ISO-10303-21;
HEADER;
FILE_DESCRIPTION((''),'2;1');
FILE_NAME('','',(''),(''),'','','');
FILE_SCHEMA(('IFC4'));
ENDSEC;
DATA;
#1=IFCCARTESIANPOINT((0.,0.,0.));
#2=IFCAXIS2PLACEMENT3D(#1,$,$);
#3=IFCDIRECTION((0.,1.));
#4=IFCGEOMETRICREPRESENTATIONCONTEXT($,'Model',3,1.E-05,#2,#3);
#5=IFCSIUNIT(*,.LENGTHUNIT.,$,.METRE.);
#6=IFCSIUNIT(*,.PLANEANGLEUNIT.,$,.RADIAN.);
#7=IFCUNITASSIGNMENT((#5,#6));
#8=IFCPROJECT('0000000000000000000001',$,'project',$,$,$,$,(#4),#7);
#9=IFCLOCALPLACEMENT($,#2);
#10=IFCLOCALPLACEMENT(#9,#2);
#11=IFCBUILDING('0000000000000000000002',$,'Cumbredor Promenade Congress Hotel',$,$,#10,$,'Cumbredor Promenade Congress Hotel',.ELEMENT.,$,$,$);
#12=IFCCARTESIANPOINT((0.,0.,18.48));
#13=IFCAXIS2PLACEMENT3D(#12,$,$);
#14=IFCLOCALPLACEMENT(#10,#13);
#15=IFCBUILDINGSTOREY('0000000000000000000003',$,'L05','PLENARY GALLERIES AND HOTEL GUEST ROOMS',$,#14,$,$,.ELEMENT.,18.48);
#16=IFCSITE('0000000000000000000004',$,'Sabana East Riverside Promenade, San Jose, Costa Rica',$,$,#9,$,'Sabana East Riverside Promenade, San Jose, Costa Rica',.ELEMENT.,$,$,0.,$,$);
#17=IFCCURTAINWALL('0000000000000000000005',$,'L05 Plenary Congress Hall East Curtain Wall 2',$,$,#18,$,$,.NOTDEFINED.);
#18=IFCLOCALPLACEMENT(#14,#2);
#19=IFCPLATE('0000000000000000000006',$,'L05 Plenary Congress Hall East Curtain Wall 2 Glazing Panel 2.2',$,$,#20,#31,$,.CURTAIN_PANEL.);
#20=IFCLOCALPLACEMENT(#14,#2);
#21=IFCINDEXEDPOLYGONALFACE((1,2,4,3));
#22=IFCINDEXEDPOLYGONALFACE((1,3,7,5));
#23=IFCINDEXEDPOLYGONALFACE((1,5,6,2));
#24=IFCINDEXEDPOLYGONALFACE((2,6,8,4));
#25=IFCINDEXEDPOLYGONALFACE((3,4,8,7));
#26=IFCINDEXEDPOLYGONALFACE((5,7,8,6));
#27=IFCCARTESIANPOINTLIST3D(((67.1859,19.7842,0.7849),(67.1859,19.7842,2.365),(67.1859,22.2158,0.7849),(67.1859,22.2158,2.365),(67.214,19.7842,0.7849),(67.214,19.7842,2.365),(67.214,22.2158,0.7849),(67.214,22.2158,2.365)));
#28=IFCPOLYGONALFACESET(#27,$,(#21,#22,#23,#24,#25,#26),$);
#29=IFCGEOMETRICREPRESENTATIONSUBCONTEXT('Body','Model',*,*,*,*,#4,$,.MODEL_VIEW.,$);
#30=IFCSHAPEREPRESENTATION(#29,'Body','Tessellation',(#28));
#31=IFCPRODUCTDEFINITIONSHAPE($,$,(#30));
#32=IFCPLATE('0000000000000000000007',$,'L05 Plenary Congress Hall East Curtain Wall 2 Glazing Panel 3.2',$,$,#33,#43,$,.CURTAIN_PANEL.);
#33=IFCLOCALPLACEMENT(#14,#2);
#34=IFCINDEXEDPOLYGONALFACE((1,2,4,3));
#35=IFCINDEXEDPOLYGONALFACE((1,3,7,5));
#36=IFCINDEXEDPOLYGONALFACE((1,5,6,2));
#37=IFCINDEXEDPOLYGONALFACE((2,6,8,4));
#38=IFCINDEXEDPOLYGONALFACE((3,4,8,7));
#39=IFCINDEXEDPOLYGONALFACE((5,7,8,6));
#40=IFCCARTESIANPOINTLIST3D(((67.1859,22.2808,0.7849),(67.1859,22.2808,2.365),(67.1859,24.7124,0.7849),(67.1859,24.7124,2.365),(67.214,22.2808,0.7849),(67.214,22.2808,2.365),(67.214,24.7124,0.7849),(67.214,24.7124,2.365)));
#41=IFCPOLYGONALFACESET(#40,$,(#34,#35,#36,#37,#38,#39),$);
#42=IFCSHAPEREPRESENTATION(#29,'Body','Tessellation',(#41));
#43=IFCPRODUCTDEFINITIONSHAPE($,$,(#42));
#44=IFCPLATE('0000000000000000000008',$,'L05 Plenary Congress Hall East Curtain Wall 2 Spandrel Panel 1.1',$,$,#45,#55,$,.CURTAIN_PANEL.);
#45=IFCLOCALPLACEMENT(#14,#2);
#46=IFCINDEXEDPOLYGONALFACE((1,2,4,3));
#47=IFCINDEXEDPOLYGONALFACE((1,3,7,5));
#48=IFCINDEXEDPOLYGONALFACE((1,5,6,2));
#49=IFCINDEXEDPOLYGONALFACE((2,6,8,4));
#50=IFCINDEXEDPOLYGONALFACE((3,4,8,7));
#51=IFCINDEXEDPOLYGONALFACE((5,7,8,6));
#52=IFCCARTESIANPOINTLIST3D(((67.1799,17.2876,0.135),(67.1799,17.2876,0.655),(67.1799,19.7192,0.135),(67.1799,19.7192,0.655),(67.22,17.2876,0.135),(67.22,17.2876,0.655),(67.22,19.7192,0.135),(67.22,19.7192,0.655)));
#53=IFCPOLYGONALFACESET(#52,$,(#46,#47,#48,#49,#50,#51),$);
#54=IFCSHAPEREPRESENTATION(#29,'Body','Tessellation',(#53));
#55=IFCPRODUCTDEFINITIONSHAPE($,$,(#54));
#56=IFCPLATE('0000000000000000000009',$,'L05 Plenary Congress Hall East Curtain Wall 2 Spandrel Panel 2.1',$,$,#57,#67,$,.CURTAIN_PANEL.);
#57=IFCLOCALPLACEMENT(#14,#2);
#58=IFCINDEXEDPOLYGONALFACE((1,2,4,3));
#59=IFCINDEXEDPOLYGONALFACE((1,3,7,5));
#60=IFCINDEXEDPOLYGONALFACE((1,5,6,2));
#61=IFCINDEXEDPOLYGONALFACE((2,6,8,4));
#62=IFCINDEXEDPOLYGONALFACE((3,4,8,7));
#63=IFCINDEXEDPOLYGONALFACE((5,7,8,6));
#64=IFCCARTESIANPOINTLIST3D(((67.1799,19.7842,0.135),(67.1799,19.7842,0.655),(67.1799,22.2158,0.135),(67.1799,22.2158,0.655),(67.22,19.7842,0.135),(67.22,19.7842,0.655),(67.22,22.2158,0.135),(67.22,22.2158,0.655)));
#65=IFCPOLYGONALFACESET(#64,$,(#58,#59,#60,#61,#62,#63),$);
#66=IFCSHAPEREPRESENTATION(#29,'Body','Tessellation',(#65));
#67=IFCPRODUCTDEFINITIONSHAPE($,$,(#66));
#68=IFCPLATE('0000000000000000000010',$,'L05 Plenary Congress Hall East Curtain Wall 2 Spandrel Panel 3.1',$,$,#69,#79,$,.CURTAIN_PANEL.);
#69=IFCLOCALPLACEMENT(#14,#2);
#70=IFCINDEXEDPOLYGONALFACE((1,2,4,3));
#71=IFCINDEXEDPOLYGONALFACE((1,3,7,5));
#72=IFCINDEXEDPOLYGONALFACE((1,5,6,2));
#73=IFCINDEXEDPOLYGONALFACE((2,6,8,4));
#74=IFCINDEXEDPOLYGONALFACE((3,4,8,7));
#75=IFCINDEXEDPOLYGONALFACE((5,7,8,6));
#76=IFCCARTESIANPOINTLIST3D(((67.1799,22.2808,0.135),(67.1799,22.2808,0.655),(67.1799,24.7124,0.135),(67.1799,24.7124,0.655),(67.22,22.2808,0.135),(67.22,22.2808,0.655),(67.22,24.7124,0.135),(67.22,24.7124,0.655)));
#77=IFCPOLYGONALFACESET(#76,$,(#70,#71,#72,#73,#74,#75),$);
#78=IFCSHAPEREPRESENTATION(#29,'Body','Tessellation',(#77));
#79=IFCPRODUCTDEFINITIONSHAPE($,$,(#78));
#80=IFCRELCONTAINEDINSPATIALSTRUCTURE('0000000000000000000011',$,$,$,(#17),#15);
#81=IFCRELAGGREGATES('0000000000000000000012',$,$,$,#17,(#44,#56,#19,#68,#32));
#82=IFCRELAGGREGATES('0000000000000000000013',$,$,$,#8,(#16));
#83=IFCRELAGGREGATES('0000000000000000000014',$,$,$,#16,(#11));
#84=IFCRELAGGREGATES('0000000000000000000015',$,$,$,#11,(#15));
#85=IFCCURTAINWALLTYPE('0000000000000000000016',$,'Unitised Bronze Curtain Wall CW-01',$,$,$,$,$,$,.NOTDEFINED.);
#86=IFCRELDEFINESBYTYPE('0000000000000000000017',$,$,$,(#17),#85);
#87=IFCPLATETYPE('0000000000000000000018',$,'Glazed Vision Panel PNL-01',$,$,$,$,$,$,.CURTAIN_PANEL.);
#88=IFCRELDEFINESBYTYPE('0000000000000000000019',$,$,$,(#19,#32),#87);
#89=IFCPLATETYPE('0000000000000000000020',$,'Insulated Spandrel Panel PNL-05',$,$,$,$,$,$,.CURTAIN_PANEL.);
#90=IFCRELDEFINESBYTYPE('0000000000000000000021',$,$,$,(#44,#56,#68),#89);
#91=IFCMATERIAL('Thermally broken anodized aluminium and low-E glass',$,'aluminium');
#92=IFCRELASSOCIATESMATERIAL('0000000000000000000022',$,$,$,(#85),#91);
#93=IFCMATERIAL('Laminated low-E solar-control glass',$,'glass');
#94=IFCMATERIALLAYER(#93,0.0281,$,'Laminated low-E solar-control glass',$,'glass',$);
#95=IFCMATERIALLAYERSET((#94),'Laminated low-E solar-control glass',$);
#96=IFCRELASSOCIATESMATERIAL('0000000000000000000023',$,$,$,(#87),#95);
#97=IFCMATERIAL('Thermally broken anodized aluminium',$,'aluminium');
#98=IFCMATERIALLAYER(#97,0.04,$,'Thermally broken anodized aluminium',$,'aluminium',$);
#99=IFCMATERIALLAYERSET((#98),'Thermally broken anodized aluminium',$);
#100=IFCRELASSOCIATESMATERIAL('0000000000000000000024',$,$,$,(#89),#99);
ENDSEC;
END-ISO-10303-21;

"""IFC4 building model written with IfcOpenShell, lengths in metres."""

from ifc_helpers import new_model, si_unit, direction, frame, origin, origin_2d, place, context, subcontext, project, spatial, rectangle, extrude, material, layer, layer_set, type_object, element, aggregate, save


model = new_model("IFC4")

# Units and contexts
model_context = context("Model", 3, precision=1e-05, world=origin(), true_north=direction((0.0, 1.0)))
body_context = subcontext(model_context, "Body", "Model", "MODEL_VIEW")
ifc_project = project(units=[si_unit("LENGTHUNIT", "METRE"), si_unit("PLANEANGLEUNIT", "RADIAN")], contexts=[model_context])

# Site, building, storey
site_placement = place(None, origin())
site = spatial("IfcSite", under=ifc_project, at=site_placement, Name="Sabana East Riverside Promenade, San Jose, Costa Rica", LongName="Sabana East Riverside Promenade, San Jose, Costa Rica", CompositionType="ELEMENT", RefElevation=0.0)
building_placement = place(site_placement, origin())
building = spatial("IfcBuilding", under=site, at=building_placement, Name="Cumbredor Promenade Congress Hotel", LongName="Cumbredor Promenade Congress Hotel", CompositionType="ELEMENT")
storey_placement = place(building_placement, frame((0.0, 0.0, 18.48)))
storey = spatial("IfcBuildingStorey", under=building, at=storey_placement, Name="L05", Description="PLENARY GALLERIES AND HOTEL GUEST ROOMS", CompositionType="ELEMENT", Elevation=18.48)

# Curtain wall, plates
ifc_material_1 = material(Name="Thermally broken anodized aluminium and low-E glass", Category="aluminium")
curtain_wall_type = type_object("IfcCurtainWallType", Name="Unitised Bronze Curtain Wall CW-01", PredefinedType="NOTDEFINED", material=ifc_material_1)
curtain_wall_placement = place(storey_placement, origin())
curtain_wall = element("IfcCurtainWall", 1, at=curtain_wall_placement, inside=storey, type_object=curtain_wall_type, Name="L05 Plenary Congress Hall East Curtain Wall 2", PredefinedType="NOTDEFINED")
ifc_material_2 = material(Name="Thermally broken anodized aluminium", Category="aluminium")
ifc_material_3 = material(Name="Laminated low-E solar-control glass", Category="glass")
ifc_layer_1 = layer(ifc_material_3, 0.0281, Name="Laminated low-E solar-control glass", Category="glass")
ifc_layer_set_1 = layer_set([ifc_layer_1], Name="Laminated low-E solar-control glass")
plate_type_1 = type_object("IfcPlateType", Name="Glazed Vision Panel PNL-01", PredefinedType="CURTAIN_PANEL", material=ifc_layer_set_1)
plate_1_placement = place(storey_placement, frame((67.2, 21.0, 0.7849), z_axis=(0.0, 0.0, 1.0), x_axis=(0.0, 1.0, 0.0)))
plate_1 = element("IfcPlate", 2, at=plate_1_placement, type_object=plate_type_1, Name="L05 Plenary Congress Hall East Curtain Wall 2 Glazing Panel 2.2", PredefinedType="CURTAIN_PANEL", context=body_context, shape_type="SweptSolid", body=[
    extrude(rectangle(XDim=2.4316, YDim=0.0281, at=origin_2d()), origin(), (0.0, 0.0, 1.0), 1.5801),
])
plate_2_placement = place(storey_placement, frame((67.2, 23.4966, 0.7849), z_axis=(0.0, 0.0, 1.0), x_axis=(0.0, 1.0, 0.0)))
plate_2 = element("IfcPlate", 3, at=plate_2_placement, type_object=plate_type_1, Name="L05 Plenary Congress Hall East Curtain Wall 2 Glazing Panel 3.2", PredefinedType="CURTAIN_PANEL", context=body_context, shape_type="SweptSolid", body=[
    extrude(rectangle(XDim=2.4316, YDim=0.0281, at=origin_2d()), origin(), (0.0, 0.0, 1.0), 1.5801),
])
ifc_layer_2 = layer(ifc_material_2, 0.04, Name="Thermally broken anodized aluminium", Category="aluminium")
ifc_layer_set_2 = layer_set([ifc_layer_2], Name="Thermally broken anodized aluminium")
plate_type_2 = type_object("IfcPlateType", Name="Insulated Spandrel Panel PNL-05", PredefinedType="CURTAIN_PANEL", material=ifc_layer_set_2)
plate_3_placement = place(storey_placement, frame((67.2, 18.5034, 0.135), z_axis=(0.0, 0.0, 1.0), x_axis=(0.0, 1.0, 0.0)))
plate_3 = element("IfcPlate", 4, at=plate_3_placement, type_object=plate_type_2, Name="L05 Plenary Congress Hall East Curtain Wall 2 Spandrel Panel 1.1", PredefinedType="CURTAIN_PANEL", context=body_context, shape_type="SweptSolid", body=[
    extrude(rectangle(XDim=2.4316, YDim=0.04, at=origin_2d()), origin(), (0.0, 0.0, 1.0), 0.52),
])
plate_4_placement = place(storey_placement, frame((67.2, 21.0, 0.135), z_axis=(0.0, 0.0, 1.0), x_axis=(0.0, 1.0, 0.0)))
plate_4 = element("IfcPlate", 5, at=plate_4_placement, type_object=plate_type_2, Name="L05 Plenary Congress Hall East Curtain Wall 2 Spandrel Panel 2.1", PredefinedType="CURTAIN_PANEL", context=body_context, shape_type="SweptSolid", body=[
    extrude(rectangle(XDim=2.4316, YDim=0.04, at=origin_2d()), origin(), (0.0, 0.0, 1.0), 0.52),
])
plate_5_placement = place(storey_placement, frame((67.2, 23.4966, 0.135), z_axis=(0.0, 0.0, 1.0), x_axis=(0.0, 1.0, 0.0)))
plate_5 = element("IfcPlate", 6, at=plate_5_placement, type_object=plate_type_2, Name="L05 Plenary Congress Hall East Curtain Wall 2 Spandrel Panel 3.1", PredefinedType="CURTAIN_PANEL", context=body_context, shape_type="SweptSolid", body=[
    extrude(rectangle(XDim=2.4316, YDim=0.04, at=origin_2d()), origin(), (0.0, 0.0, 1.0), 0.52),
])
aggregate(curtain_wall, [plate_3, plate_4, plate_1, plate_5, plate_2])

save(model, "model.ifc")
